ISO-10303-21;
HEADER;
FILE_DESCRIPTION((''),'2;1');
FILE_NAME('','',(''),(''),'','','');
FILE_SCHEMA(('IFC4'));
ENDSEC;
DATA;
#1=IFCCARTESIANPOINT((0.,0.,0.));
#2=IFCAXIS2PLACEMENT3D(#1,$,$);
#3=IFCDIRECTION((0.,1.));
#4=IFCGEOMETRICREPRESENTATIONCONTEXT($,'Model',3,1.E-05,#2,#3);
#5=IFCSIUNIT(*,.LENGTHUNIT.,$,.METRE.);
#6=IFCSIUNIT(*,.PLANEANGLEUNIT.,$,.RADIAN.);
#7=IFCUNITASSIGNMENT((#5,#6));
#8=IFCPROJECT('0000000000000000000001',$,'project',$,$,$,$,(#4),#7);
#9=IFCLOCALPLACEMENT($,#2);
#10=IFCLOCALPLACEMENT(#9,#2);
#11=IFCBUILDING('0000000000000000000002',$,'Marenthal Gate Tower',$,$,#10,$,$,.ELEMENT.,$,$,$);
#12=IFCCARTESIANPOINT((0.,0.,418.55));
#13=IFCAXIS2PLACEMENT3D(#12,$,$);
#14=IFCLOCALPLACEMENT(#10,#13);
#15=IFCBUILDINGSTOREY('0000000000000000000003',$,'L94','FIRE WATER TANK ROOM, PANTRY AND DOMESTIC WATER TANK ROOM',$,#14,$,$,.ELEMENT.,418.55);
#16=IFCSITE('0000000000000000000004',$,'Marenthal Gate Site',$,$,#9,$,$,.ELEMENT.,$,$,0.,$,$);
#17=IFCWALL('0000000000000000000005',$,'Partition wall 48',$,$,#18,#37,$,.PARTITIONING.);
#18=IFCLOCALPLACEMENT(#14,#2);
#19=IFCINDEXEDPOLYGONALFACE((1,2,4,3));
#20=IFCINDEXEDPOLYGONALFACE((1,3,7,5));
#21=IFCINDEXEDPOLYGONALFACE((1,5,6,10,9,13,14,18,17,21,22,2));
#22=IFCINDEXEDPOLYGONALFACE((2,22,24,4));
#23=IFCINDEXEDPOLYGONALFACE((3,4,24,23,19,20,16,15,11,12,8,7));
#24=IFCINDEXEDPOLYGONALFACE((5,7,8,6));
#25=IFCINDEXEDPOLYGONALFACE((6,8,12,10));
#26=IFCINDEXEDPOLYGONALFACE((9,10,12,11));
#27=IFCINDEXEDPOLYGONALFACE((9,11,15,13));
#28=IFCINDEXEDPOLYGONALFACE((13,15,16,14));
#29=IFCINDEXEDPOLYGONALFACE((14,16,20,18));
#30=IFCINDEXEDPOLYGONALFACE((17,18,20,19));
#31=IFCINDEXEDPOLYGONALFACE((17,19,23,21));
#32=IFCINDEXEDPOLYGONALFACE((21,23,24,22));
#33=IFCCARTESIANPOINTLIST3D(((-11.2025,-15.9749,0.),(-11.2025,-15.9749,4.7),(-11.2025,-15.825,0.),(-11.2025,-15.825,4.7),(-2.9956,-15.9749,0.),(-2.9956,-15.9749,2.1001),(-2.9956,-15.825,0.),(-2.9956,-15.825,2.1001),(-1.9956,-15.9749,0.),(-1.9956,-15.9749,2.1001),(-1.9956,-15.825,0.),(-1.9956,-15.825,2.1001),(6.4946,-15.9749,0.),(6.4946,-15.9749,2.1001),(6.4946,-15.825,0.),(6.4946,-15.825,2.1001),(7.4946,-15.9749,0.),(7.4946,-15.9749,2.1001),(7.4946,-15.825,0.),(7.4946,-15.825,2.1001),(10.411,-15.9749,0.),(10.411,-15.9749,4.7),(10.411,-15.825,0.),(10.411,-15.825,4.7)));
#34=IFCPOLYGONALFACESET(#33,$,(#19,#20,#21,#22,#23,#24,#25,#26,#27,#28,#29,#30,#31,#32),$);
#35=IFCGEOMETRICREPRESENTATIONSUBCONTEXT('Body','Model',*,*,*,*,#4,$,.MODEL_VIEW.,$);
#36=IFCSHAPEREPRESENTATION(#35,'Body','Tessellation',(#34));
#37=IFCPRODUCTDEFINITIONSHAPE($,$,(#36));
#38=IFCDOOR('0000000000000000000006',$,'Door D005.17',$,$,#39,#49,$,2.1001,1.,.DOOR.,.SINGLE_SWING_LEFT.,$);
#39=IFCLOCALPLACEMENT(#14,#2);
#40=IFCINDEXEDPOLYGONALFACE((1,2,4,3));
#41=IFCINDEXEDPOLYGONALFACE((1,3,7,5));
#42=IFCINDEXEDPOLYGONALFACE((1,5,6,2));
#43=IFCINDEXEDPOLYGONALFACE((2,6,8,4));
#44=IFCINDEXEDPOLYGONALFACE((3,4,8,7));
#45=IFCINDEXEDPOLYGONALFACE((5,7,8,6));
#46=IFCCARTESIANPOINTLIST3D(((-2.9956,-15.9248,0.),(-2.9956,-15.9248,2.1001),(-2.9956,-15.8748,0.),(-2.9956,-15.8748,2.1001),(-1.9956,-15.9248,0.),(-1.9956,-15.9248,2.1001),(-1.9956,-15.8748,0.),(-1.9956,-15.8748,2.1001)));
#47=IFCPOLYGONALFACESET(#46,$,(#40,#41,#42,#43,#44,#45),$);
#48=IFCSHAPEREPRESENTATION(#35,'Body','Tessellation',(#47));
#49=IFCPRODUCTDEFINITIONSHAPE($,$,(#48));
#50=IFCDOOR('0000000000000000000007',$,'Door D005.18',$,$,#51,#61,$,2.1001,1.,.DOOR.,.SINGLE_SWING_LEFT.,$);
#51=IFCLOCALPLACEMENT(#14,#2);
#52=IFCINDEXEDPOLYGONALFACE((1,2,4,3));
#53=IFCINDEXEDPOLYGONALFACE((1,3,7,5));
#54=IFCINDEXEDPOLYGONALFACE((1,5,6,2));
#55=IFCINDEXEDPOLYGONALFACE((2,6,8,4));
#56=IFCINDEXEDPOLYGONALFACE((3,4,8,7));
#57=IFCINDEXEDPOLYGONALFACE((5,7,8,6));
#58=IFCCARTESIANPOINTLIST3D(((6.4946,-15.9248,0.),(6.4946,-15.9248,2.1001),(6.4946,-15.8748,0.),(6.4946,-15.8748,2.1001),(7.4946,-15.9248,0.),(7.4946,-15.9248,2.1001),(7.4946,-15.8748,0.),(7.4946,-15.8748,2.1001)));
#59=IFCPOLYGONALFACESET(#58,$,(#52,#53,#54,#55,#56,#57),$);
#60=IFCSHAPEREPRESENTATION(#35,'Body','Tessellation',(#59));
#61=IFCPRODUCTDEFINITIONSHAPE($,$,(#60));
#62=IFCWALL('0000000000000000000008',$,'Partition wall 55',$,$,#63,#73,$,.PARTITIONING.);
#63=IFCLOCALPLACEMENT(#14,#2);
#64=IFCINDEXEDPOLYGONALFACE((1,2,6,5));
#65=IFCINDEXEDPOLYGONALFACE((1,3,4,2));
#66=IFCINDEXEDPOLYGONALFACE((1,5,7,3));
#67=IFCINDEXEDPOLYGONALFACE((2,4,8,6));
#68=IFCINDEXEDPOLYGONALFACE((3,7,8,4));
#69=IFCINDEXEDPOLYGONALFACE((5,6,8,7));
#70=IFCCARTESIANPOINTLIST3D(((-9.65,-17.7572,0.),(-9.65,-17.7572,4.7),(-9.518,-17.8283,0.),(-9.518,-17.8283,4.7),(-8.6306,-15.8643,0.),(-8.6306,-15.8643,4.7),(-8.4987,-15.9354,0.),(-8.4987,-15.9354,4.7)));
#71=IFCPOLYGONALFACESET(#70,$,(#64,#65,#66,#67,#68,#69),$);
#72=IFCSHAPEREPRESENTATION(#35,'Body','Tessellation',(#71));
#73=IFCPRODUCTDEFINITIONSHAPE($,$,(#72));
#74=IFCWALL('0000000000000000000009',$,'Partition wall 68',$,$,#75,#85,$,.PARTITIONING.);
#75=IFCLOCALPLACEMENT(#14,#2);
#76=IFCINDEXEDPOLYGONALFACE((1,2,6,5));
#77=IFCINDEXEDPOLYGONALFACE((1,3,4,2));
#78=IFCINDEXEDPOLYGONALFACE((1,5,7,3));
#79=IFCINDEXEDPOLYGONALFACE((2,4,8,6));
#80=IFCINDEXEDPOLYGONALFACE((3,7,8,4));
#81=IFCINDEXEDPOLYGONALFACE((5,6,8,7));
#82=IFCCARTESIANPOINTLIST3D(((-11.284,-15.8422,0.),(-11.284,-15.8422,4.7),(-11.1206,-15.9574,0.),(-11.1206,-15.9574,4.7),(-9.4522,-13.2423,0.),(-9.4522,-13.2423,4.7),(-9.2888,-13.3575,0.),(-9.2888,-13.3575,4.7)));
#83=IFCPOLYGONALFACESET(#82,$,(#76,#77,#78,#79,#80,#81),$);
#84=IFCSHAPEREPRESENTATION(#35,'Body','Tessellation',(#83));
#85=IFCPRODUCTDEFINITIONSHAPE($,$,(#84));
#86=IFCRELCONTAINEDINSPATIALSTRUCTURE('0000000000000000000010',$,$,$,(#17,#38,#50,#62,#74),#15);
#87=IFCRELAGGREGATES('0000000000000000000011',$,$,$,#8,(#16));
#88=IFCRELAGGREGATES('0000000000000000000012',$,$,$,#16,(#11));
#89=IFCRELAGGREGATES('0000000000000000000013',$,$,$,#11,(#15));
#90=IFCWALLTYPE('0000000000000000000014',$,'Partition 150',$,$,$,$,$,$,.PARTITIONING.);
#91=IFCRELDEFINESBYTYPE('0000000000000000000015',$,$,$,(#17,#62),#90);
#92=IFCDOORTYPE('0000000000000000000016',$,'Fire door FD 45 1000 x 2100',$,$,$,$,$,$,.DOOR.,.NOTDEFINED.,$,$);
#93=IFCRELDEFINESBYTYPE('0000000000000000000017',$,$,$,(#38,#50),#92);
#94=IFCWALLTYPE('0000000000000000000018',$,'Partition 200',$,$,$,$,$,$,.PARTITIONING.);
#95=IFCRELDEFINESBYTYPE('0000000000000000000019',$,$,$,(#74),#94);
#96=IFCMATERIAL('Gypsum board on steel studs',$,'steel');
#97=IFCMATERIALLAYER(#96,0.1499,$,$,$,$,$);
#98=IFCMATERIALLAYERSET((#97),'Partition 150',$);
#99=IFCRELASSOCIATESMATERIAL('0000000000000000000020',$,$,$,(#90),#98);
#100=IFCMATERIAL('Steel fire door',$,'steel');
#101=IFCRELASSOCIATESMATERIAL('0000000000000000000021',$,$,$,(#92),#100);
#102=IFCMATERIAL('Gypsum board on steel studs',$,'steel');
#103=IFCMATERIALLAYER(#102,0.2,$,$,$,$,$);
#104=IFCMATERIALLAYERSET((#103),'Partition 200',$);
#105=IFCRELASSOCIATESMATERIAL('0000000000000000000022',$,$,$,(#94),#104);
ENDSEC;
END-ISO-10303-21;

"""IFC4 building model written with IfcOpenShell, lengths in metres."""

from ifc_helpers import new_model, si_unit, direction, frame, frame_2d, origin, place, context, subcontext, project, spatial, rectangle, extrude, material, layer, layer_set, type_object, element, fill, save


model = new_model("IFC4")

# Units and contexts
model_context = context("Model", 3, precision=1e-05, world=origin(), true_north=direction((0.0, 1.0)))
body_context = subcontext(model_context, "Body", "Model", "MODEL_VIEW")
ifc_project = project(units=[si_unit("LENGTHUNIT", "METRE"), si_unit("PLANEANGLEUNIT", "RADIAN")], contexts=[model_context])

# Site, building, storey
site_placement = place(None, origin())
site = spatial("IfcSite", under=ifc_project, at=site_placement, Name="Marenthal Gate Site", CompositionType="ELEMENT", RefElevation=0.0)
building_placement = place(site_placement, origin())
building = spatial("IfcBuilding", under=site, at=building_placement, Name="Marenthal Gate Tower", CompositionType="ELEMENT")
storey_placement = place(building_placement, frame((0.0, 0.0, 418.55)))
storey = spatial("IfcBuildingStorey", under=building, at=storey_placement, Name="L94", Description="FIRE WATER TANK ROOM, PANTRY AND DOMESTIC WATER TANK ROOM", CompositionType="ELEMENT", Elevation=418.55)

# Wall, openings, doors
ifc_material_1 = material(Name="Gypsum board on steel studs", Category="steel")
ifc_layer_1 = layer(ifc_material_1, 0.1499)
ifc_layer_set_1 = layer_set([ifc_layer_1], Name="Partition 150")
wall_type_1 = type_object("IfcWallType", Name="Partition 150", PredefinedType="PARTITIONING", material=ifc_layer_set_1)
wall_1_placement = place(storey_placement, frame((-11.2024, -15.8999, 0.0), z_axis=(0.0, 0.0, 1.0), x_axis=(1.0, 0.0, 0.0)))
wall_1 = element("IfcWall", 1, at=wall_1_placement, inside=storey, type_object=wall_type_1, Name="Partition wall 48", PredefinedType="PARTITIONING", context=body_context, shape_type="SweptSolid", body=[
    extrude(rectangle(XDim=21.6135, YDim=0.1499, at=frame_2d((10.8066, 0.0))), origin(), (0.0, 0.0, 1.0), 4.7),
])
opening_1_placement = place(wall_1_placement, frame((8.2068, 0.0, 0.0)))
opening_1 = element("IfcOpeningElement", 2, at=opening_1_placement, cuts=wall_1, PredefinedType="OPENING", context=body_context, shape_type="SweptSolid", body=[
    extrude(rectangle(XDim=1.0, YDim=2.1001, at=frame_2d((0.5, 1.05))), frame((0.0, 0.085, 0.0), z_axis=(0.0, -1.0, 0.0), x_axis=(1.0, 0.0, 0.0)), (0.0, 0.0, 1.0), 0.1699),
])
opening_2_placement = place(wall_1_placement, frame((17.697, 0.0, 0.0)))
opening_2 = element("IfcOpeningElement", 3, at=opening_2_placement, cuts=wall_1, PredefinedType="OPENING", context=body_context, shape_type="SweptSolid", body=[
    extrude(rectangle(XDim=1.0, YDim=2.1001, at=frame_2d((0.5, 1.05))), frame((0.0, 0.085, 0.0), z_axis=(0.0, -1.0, 0.0), x_axis=(1.0, 0.0, 0.0)), (0.0, 0.0, 1.0), 0.1699),
])
ifc_material_2 = material(Name="Steel fire door", Category="steel")
door_type = type_object("IfcDoorType", Name="Fire door FD 45 1000 x 2100", OperationType="NOTDEFINED", PredefinedType="DOOR", material=ifc_material_2)
door_1_placement = place(opening_1_placement, frame((1.0, 0.0, 0.0), z_axis=(0.0, 0.0, 1.0), x_axis=(-1.0, 0.0, 0.0)))
door_1 = element("IfcDoor", 4, at=door_1_placement, inside=storey, type_object=door_type, Name="Door D005.17", OperationType="SINGLE_SWING_LEFT", OverallHeight=2.1001, OverallWidth=1.0, PredefinedType="DOOR", context=body_context, shape_type="SweptSolid", body=[
    extrude(rectangle(XDim=1.0, YDim=2.1001, at=frame_2d((0.5, 1.05))), frame((0.0, 0.0249, 0.0), z_axis=(0.0, -1.0, 0.0), x_axis=(1.0, 0.0, 0.0)), (0.0, 0.0, 1.0), 0.05),
])
fill(opening_1, door_1)
door_2_placement = place(opening_2_placement, frame((1.0, 0.0, 0.0), z_axis=(0.0, 0.0, 1.0), x_axis=(-1.0, 0.0, 0.0)))
door_2 = element("IfcDoor", 5, at=door_2_placement, inside=storey, type_object=door_type, Name="Door D005.18", OperationType="SINGLE_SWING_LEFT", OverallHeight=2.1001, OverallWidth=1.0, PredefinedType="DOOR", context=body_context, shape_type="SweptSolid", body=[
    extrude(rectangle(XDim=1.0, YDim=2.1001, at=frame_2d((0.5, 1.05))), frame((0.0, 0.0249, 0.0), z_axis=(0.0, -1.0, 0.0), x_axis=(1.0, 0.0, 0.0)), (0.0, 0.0, 1.0), 0.05),
])
fill(opening_2, door_2)

# Walls
wall_2_placement = place(storey_placement, frame((-9.584, -17.7927, 0.0), z_axis=(0.0, 0.0, 1.0), x_axis=(0.474127, 0.880457, 0.0)))
element("IfcWall", 6, at=wall_2_placement, inside=storey, type_object=wall_type_1, Name="Partition wall 55", PredefinedType="PARTITIONING", context=body_context, shape_type="SweptSolid", body=[
    extrude(rectangle(XDim=2.1499, YDim=0.1499, at=frame_2d((1.075, 0.0))), origin(), (0.0, 0.0, 1.0), 4.7),
])
ifc_material_3 = material(Name="Gypsum board on steel studs", Category="steel")
ifc_layer_2 = layer(ifc_material_3, 0.2)
ifc_layer_set_2 = layer_set([ifc_layer_2], Name="Partition 200")
wall_type_2 = type_object("IfcWallType", Name="Partition 200", PredefinedType="PARTITIONING", material=ifc_layer_set_2)
wall_3_placement = place(storey_placement, frame((-11.2024, -15.8999, 0.0), z_axis=(0.0, 0.0, 1.0), x_axis=(0.575969, 0.817472, 0.0)))
element("IfcWall", 7, at=wall_3_placement, inside=storey, type_object=wall_type_2, Name="Partition wall 68", PredefinedType="PARTITIONING", context=body_context, shape_type="SweptSolid", body=[
    extrude(rectangle(XDim=3.1804, YDim=0.2, at=frame_2d((1.5903, 0.0))), origin(), (0.0, 0.0, 1.0), 4.7),
])

save(model, "model.ifc")
